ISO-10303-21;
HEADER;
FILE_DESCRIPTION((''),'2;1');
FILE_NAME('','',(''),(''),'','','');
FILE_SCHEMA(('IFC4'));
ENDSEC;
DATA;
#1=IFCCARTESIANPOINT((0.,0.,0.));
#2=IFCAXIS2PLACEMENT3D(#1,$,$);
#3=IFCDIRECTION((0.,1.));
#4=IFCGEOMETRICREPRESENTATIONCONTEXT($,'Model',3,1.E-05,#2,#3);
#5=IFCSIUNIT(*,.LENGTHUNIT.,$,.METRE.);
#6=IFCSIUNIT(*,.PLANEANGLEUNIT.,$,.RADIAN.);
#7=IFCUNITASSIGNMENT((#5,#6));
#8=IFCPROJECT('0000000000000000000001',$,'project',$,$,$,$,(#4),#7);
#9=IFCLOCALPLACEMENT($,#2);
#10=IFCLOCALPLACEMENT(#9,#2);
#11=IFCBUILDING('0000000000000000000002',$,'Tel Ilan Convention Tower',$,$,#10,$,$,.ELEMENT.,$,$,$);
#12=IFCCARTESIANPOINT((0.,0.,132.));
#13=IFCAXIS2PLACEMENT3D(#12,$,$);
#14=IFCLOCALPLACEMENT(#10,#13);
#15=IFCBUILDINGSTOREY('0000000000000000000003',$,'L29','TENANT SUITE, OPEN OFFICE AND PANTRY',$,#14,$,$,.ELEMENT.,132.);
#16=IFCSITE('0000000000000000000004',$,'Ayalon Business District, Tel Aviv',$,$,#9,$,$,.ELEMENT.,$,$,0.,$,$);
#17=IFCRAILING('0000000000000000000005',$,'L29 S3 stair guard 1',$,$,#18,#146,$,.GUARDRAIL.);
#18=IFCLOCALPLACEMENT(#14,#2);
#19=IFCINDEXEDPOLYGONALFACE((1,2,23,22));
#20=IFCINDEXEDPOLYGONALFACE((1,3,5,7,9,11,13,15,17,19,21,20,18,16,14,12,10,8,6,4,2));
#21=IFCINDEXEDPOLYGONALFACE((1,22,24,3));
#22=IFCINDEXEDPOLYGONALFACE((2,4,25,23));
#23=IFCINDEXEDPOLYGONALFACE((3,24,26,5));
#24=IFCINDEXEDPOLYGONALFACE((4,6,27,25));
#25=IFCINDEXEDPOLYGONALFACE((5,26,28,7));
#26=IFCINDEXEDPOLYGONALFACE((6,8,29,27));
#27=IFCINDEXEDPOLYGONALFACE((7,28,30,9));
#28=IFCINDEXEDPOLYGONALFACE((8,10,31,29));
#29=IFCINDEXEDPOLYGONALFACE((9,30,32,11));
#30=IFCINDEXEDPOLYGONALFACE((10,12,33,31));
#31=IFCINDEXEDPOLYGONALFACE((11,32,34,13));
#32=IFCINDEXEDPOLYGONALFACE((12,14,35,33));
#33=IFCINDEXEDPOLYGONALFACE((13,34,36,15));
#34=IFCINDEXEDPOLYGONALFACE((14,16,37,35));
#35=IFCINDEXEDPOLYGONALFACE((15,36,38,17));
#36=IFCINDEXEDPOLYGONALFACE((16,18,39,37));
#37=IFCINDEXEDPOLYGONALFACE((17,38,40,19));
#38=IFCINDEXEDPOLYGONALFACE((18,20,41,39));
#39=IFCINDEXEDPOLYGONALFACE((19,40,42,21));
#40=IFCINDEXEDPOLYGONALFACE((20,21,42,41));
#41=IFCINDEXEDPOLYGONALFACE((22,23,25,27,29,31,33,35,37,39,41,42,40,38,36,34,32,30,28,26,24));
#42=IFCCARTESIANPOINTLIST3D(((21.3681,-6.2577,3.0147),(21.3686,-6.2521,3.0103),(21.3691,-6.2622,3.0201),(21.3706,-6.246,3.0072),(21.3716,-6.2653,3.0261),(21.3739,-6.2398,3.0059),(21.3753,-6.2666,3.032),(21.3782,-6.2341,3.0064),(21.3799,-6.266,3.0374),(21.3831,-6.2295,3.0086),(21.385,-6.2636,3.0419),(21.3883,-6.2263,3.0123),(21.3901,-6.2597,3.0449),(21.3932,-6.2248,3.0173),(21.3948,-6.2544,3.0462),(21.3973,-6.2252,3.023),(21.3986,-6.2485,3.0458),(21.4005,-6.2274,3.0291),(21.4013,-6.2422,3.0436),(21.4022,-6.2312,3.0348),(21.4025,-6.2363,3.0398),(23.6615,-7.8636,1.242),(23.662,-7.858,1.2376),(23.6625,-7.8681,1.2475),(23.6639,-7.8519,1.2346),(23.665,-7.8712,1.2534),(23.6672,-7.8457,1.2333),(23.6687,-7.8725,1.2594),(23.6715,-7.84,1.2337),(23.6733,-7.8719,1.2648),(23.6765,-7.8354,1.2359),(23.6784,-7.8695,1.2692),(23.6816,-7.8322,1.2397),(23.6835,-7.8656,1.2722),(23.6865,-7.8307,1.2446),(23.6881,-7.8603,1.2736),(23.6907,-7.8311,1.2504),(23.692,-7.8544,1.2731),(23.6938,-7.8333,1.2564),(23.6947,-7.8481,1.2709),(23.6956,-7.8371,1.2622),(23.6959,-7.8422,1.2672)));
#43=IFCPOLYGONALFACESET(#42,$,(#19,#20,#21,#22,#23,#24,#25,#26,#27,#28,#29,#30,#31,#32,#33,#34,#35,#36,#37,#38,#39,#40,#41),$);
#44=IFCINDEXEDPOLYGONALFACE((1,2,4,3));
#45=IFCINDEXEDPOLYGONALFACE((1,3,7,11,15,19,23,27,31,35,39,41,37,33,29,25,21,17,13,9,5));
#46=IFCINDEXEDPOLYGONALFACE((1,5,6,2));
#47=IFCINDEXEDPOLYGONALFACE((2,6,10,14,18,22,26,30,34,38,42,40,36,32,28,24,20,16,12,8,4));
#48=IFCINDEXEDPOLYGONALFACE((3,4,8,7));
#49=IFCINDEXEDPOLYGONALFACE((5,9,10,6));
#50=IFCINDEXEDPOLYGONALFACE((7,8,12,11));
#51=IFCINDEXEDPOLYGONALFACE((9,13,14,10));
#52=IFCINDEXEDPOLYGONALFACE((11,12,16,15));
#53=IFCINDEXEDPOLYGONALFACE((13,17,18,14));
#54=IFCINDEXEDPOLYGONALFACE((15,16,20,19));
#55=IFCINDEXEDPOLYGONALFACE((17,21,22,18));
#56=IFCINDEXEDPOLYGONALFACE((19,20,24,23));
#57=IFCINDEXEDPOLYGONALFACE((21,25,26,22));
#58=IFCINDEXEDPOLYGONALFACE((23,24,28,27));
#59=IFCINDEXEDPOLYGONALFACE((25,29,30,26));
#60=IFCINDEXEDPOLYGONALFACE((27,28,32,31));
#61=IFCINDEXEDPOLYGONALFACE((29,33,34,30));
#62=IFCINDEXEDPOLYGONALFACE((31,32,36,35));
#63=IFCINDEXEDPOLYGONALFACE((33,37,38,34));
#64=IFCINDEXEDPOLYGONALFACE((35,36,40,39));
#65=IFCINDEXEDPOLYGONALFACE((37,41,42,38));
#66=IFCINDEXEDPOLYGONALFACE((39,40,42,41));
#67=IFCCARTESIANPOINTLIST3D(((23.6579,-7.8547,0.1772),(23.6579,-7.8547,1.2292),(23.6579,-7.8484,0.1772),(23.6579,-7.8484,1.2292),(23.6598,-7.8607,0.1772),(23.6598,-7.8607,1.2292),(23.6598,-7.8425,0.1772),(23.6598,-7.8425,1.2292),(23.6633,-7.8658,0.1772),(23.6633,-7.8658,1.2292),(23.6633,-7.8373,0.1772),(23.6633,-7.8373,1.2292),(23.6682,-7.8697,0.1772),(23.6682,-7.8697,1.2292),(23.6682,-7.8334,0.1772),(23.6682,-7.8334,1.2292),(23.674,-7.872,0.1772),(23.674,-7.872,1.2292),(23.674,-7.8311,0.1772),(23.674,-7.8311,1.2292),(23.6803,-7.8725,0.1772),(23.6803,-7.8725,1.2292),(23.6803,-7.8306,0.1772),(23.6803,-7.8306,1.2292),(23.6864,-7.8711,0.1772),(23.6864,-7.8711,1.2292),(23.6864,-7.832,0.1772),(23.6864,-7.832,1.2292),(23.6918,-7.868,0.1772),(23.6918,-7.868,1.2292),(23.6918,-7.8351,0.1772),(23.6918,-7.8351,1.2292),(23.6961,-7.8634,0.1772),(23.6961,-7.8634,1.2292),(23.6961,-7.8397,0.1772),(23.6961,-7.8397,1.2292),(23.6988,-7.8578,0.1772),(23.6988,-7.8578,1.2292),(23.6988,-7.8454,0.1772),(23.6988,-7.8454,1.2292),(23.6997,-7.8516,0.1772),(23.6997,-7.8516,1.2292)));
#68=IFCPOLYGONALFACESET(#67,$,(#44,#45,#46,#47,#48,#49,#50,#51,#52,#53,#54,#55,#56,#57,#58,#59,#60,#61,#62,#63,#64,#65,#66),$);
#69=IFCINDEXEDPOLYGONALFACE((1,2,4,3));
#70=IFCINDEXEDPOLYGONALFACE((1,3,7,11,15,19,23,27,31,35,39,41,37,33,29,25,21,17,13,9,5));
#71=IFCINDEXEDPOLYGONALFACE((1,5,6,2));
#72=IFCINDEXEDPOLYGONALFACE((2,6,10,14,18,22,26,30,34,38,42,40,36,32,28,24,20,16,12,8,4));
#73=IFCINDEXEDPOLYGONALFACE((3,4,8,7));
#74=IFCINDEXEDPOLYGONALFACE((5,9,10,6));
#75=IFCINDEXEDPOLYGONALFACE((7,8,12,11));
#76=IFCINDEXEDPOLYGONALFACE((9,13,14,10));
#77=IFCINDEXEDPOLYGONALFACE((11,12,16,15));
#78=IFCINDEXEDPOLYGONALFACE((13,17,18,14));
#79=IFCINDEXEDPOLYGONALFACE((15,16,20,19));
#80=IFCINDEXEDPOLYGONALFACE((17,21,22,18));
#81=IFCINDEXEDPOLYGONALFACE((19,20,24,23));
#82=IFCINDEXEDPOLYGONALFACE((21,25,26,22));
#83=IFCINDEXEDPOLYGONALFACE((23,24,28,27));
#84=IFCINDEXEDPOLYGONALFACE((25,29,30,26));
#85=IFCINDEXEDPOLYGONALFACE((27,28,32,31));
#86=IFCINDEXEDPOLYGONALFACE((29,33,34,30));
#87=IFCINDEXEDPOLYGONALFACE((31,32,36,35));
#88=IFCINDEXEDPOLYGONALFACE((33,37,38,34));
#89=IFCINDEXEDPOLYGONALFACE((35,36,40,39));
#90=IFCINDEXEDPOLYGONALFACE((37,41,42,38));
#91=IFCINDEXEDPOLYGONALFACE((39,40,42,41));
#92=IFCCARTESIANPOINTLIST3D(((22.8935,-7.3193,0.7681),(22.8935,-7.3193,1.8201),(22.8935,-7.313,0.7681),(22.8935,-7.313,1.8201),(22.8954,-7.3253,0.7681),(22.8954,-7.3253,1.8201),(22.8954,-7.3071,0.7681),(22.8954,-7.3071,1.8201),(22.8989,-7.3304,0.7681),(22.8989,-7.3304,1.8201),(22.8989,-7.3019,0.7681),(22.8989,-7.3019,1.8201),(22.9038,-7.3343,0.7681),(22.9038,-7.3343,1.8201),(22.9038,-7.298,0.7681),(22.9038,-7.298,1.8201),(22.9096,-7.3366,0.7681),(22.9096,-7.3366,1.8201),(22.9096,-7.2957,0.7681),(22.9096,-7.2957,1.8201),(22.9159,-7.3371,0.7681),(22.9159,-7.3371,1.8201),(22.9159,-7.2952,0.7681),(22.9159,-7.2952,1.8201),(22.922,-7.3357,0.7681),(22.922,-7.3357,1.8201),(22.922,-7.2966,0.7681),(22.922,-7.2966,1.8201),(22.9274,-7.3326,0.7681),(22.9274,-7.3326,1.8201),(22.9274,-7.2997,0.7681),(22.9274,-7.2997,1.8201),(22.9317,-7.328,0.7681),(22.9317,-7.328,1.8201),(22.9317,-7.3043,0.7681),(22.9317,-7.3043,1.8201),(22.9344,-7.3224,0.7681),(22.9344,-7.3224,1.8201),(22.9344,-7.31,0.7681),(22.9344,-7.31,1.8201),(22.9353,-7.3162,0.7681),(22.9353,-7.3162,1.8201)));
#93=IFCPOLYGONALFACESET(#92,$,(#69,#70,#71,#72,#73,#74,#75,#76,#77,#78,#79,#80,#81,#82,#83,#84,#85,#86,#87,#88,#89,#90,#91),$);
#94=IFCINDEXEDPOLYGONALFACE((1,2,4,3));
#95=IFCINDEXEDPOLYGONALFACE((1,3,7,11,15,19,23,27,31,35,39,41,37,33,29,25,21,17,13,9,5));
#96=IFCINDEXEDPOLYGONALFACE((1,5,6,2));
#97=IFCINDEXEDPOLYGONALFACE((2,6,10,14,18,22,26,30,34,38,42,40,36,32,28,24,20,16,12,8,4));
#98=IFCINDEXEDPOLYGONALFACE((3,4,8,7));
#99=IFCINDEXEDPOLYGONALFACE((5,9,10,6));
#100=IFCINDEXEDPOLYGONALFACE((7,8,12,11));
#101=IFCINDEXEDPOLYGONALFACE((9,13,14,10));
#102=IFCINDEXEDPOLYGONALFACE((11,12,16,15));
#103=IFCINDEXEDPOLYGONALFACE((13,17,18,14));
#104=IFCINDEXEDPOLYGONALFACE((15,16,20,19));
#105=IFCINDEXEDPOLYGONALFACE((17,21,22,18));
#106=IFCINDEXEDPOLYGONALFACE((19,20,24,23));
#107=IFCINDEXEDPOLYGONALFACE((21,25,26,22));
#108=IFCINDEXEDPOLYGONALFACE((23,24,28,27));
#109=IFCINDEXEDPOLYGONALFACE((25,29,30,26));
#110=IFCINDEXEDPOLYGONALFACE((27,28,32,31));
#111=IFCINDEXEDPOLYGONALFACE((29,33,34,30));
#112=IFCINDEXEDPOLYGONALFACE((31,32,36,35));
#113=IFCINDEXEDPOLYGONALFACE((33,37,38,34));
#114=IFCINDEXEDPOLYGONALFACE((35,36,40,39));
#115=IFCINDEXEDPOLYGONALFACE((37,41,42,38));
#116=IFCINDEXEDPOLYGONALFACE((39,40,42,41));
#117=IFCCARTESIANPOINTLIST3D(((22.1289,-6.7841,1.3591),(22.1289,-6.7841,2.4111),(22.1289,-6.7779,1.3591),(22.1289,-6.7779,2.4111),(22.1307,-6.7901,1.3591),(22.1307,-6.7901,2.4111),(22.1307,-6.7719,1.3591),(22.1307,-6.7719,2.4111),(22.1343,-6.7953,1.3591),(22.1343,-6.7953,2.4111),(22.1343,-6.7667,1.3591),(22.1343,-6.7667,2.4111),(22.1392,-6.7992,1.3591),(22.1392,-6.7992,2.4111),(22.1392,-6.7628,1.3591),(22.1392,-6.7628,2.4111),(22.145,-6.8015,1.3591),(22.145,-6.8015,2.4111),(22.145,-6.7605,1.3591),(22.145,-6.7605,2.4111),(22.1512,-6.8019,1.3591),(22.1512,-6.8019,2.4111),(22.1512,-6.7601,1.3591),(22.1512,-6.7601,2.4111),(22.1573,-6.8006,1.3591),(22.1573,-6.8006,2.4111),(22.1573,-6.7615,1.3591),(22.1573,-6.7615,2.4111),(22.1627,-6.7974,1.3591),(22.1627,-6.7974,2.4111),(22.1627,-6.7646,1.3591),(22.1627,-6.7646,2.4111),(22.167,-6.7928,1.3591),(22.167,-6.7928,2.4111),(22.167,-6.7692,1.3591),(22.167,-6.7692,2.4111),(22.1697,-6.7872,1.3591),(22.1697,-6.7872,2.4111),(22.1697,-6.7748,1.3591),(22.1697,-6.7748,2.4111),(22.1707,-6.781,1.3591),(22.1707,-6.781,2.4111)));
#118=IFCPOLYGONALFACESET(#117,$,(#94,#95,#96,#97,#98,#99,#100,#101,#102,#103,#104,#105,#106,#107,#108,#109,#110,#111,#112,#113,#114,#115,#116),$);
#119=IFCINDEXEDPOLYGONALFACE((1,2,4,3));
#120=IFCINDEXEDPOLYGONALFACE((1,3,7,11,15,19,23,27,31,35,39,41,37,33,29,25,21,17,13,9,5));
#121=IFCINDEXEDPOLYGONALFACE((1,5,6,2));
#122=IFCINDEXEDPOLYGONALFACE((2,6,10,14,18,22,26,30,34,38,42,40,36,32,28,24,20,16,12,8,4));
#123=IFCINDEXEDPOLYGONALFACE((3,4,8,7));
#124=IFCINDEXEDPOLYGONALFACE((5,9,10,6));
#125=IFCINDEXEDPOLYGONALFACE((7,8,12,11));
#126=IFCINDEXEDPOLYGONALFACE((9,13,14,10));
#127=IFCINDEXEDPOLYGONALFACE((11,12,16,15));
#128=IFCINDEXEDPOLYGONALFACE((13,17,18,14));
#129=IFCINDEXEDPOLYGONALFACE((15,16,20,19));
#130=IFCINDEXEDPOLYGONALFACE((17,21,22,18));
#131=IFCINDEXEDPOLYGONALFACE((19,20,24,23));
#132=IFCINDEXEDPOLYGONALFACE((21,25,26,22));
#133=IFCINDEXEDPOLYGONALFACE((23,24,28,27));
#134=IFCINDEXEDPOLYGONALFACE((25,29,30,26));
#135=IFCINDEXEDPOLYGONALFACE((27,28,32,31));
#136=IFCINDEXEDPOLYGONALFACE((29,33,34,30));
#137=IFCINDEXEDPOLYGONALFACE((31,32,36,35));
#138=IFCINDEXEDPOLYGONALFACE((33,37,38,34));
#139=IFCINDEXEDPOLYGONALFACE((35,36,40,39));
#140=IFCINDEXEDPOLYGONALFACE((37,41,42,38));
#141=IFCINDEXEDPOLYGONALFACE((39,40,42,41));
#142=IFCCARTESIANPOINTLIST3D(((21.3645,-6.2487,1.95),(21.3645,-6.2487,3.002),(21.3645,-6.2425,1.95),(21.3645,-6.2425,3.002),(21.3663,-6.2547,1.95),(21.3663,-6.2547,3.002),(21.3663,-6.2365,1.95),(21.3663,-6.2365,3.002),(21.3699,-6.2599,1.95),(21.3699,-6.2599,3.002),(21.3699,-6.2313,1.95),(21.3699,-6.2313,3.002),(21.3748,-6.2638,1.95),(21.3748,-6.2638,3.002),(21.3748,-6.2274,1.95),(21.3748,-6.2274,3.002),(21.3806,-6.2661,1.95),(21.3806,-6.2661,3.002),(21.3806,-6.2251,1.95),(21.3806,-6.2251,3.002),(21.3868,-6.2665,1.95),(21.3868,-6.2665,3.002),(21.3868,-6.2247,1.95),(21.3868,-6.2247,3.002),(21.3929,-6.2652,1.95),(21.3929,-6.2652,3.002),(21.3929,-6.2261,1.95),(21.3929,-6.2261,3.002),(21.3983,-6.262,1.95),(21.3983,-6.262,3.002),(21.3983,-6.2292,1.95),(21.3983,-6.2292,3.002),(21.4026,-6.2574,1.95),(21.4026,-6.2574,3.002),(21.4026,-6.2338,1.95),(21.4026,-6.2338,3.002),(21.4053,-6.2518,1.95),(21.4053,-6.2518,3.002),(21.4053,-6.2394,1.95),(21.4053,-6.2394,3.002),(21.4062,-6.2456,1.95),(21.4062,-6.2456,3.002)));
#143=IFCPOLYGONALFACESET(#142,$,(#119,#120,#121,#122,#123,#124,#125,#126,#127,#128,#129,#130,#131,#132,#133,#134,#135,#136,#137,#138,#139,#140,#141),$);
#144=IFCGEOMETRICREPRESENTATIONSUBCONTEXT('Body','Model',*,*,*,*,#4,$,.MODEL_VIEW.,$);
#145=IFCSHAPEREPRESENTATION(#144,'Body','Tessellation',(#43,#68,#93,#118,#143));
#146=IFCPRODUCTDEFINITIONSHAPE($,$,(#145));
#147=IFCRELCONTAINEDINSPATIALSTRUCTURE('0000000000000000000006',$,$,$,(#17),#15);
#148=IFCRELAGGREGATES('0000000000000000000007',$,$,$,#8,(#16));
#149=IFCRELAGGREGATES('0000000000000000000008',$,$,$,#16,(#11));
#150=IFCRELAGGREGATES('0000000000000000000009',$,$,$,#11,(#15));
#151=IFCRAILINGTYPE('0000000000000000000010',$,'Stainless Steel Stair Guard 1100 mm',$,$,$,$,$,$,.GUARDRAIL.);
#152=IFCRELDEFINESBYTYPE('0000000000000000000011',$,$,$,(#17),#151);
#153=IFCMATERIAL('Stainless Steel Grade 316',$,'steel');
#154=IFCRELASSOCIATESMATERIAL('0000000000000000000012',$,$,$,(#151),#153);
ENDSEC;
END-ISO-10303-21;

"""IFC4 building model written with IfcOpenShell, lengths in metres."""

from ifc_helpers import new_model, si_unit, direction, frame, origin, origin_2d, place, context, subcontext, project, spatial, circle, extrude, material, type_object, element, save


model = new_model("IFC4")

# Units and contexts
model_context = context("Model", 3, precision=1e-05, world=origin(), true_north=direction((0.0, 1.0)))
body_context = subcontext(model_context, "Body", "Model", "MODEL_VIEW")
ifc_project = project(units=[si_unit("LENGTHUNIT", "METRE"), si_unit("PLANEANGLEUNIT", "RADIAN")], contexts=[model_context])

# Site, building, storey
site_placement = place(None, origin())
site = spatial("IfcSite", under=ifc_project, at=site_placement, Name="Ayalon Business District, Tel Aviv", CompositionType="ELEMENT", RefElevation=0.0)
building_placement = place(site_placement, origin())
building = spatial("IfcBuilding", under=site, at=building_placement, Name="Tel Ilan Convention Tower", CompositionType="ELEMENT")
storey_placement = place(building_placement, frame((0.0, 0.0, 132.0)))
storey = spatial("IfcBuildingStorey", under=building, at=storey_placement, Name="L29", Description="TENANT SUITE, OPEN OFFICE AND PANTRY", CompositionType="ELEMENT", Elevation=132.0)

# Railing
ifc_material_1 = material(Name="Stainless Steel Grade 316", Category="steel")
railing_type_1 = type_object("IfcRailingType", Name="Stainless Steel Stair Guard 1100 mm", PredefinedType="GUARDRAIL", material=ifc_material_1)
railing_1_placement = place(storey_placement, frame((23.6787, -7.8516, 0.1772)))
element("IfcRailing", 1, at=railing_1_placement, inside=storey, type_object=railing_type_1, Name="L29 S3 stair guard 1", PredefinedType="GUARDRAIL", context=body_context, shape_type="SweptSolid", body=[
    extrude(circle(Radius=0.0239, at=origin_2d()), frame((0.0, 0.0, 1.0762), z_axis=(-0.692085, 0.484621, 0.53494), x_axis=(-0.573591, -0.819142, 0.0)), (0.0, 0.0, 1.0), 3.3137),
    extrude(circle(Radius=0.021, at=origin_2d()), origin(), (0.0, 0.0, 1.0), 1.052),
    extrude(circle(Radius=0.021, at=origin_2d()), frame((-0.7644, 0.5354, 0.5908)), (0.0, 0.0, 1.0), 1.052),
    extrude(circle(Radius=0.021, at=origin_2d()), frame((-1.5291, 1.0706, 1.1819)), (0.0, 0.0, 1.0), 1.052),
    extrude(circle(Radius=0.021, at=origin_2d()), frame((-2.2935, 1.606, 1.7727)), (0.0, 0.0, 1.0), 1.052),
])

save(model, "model.ifc")
